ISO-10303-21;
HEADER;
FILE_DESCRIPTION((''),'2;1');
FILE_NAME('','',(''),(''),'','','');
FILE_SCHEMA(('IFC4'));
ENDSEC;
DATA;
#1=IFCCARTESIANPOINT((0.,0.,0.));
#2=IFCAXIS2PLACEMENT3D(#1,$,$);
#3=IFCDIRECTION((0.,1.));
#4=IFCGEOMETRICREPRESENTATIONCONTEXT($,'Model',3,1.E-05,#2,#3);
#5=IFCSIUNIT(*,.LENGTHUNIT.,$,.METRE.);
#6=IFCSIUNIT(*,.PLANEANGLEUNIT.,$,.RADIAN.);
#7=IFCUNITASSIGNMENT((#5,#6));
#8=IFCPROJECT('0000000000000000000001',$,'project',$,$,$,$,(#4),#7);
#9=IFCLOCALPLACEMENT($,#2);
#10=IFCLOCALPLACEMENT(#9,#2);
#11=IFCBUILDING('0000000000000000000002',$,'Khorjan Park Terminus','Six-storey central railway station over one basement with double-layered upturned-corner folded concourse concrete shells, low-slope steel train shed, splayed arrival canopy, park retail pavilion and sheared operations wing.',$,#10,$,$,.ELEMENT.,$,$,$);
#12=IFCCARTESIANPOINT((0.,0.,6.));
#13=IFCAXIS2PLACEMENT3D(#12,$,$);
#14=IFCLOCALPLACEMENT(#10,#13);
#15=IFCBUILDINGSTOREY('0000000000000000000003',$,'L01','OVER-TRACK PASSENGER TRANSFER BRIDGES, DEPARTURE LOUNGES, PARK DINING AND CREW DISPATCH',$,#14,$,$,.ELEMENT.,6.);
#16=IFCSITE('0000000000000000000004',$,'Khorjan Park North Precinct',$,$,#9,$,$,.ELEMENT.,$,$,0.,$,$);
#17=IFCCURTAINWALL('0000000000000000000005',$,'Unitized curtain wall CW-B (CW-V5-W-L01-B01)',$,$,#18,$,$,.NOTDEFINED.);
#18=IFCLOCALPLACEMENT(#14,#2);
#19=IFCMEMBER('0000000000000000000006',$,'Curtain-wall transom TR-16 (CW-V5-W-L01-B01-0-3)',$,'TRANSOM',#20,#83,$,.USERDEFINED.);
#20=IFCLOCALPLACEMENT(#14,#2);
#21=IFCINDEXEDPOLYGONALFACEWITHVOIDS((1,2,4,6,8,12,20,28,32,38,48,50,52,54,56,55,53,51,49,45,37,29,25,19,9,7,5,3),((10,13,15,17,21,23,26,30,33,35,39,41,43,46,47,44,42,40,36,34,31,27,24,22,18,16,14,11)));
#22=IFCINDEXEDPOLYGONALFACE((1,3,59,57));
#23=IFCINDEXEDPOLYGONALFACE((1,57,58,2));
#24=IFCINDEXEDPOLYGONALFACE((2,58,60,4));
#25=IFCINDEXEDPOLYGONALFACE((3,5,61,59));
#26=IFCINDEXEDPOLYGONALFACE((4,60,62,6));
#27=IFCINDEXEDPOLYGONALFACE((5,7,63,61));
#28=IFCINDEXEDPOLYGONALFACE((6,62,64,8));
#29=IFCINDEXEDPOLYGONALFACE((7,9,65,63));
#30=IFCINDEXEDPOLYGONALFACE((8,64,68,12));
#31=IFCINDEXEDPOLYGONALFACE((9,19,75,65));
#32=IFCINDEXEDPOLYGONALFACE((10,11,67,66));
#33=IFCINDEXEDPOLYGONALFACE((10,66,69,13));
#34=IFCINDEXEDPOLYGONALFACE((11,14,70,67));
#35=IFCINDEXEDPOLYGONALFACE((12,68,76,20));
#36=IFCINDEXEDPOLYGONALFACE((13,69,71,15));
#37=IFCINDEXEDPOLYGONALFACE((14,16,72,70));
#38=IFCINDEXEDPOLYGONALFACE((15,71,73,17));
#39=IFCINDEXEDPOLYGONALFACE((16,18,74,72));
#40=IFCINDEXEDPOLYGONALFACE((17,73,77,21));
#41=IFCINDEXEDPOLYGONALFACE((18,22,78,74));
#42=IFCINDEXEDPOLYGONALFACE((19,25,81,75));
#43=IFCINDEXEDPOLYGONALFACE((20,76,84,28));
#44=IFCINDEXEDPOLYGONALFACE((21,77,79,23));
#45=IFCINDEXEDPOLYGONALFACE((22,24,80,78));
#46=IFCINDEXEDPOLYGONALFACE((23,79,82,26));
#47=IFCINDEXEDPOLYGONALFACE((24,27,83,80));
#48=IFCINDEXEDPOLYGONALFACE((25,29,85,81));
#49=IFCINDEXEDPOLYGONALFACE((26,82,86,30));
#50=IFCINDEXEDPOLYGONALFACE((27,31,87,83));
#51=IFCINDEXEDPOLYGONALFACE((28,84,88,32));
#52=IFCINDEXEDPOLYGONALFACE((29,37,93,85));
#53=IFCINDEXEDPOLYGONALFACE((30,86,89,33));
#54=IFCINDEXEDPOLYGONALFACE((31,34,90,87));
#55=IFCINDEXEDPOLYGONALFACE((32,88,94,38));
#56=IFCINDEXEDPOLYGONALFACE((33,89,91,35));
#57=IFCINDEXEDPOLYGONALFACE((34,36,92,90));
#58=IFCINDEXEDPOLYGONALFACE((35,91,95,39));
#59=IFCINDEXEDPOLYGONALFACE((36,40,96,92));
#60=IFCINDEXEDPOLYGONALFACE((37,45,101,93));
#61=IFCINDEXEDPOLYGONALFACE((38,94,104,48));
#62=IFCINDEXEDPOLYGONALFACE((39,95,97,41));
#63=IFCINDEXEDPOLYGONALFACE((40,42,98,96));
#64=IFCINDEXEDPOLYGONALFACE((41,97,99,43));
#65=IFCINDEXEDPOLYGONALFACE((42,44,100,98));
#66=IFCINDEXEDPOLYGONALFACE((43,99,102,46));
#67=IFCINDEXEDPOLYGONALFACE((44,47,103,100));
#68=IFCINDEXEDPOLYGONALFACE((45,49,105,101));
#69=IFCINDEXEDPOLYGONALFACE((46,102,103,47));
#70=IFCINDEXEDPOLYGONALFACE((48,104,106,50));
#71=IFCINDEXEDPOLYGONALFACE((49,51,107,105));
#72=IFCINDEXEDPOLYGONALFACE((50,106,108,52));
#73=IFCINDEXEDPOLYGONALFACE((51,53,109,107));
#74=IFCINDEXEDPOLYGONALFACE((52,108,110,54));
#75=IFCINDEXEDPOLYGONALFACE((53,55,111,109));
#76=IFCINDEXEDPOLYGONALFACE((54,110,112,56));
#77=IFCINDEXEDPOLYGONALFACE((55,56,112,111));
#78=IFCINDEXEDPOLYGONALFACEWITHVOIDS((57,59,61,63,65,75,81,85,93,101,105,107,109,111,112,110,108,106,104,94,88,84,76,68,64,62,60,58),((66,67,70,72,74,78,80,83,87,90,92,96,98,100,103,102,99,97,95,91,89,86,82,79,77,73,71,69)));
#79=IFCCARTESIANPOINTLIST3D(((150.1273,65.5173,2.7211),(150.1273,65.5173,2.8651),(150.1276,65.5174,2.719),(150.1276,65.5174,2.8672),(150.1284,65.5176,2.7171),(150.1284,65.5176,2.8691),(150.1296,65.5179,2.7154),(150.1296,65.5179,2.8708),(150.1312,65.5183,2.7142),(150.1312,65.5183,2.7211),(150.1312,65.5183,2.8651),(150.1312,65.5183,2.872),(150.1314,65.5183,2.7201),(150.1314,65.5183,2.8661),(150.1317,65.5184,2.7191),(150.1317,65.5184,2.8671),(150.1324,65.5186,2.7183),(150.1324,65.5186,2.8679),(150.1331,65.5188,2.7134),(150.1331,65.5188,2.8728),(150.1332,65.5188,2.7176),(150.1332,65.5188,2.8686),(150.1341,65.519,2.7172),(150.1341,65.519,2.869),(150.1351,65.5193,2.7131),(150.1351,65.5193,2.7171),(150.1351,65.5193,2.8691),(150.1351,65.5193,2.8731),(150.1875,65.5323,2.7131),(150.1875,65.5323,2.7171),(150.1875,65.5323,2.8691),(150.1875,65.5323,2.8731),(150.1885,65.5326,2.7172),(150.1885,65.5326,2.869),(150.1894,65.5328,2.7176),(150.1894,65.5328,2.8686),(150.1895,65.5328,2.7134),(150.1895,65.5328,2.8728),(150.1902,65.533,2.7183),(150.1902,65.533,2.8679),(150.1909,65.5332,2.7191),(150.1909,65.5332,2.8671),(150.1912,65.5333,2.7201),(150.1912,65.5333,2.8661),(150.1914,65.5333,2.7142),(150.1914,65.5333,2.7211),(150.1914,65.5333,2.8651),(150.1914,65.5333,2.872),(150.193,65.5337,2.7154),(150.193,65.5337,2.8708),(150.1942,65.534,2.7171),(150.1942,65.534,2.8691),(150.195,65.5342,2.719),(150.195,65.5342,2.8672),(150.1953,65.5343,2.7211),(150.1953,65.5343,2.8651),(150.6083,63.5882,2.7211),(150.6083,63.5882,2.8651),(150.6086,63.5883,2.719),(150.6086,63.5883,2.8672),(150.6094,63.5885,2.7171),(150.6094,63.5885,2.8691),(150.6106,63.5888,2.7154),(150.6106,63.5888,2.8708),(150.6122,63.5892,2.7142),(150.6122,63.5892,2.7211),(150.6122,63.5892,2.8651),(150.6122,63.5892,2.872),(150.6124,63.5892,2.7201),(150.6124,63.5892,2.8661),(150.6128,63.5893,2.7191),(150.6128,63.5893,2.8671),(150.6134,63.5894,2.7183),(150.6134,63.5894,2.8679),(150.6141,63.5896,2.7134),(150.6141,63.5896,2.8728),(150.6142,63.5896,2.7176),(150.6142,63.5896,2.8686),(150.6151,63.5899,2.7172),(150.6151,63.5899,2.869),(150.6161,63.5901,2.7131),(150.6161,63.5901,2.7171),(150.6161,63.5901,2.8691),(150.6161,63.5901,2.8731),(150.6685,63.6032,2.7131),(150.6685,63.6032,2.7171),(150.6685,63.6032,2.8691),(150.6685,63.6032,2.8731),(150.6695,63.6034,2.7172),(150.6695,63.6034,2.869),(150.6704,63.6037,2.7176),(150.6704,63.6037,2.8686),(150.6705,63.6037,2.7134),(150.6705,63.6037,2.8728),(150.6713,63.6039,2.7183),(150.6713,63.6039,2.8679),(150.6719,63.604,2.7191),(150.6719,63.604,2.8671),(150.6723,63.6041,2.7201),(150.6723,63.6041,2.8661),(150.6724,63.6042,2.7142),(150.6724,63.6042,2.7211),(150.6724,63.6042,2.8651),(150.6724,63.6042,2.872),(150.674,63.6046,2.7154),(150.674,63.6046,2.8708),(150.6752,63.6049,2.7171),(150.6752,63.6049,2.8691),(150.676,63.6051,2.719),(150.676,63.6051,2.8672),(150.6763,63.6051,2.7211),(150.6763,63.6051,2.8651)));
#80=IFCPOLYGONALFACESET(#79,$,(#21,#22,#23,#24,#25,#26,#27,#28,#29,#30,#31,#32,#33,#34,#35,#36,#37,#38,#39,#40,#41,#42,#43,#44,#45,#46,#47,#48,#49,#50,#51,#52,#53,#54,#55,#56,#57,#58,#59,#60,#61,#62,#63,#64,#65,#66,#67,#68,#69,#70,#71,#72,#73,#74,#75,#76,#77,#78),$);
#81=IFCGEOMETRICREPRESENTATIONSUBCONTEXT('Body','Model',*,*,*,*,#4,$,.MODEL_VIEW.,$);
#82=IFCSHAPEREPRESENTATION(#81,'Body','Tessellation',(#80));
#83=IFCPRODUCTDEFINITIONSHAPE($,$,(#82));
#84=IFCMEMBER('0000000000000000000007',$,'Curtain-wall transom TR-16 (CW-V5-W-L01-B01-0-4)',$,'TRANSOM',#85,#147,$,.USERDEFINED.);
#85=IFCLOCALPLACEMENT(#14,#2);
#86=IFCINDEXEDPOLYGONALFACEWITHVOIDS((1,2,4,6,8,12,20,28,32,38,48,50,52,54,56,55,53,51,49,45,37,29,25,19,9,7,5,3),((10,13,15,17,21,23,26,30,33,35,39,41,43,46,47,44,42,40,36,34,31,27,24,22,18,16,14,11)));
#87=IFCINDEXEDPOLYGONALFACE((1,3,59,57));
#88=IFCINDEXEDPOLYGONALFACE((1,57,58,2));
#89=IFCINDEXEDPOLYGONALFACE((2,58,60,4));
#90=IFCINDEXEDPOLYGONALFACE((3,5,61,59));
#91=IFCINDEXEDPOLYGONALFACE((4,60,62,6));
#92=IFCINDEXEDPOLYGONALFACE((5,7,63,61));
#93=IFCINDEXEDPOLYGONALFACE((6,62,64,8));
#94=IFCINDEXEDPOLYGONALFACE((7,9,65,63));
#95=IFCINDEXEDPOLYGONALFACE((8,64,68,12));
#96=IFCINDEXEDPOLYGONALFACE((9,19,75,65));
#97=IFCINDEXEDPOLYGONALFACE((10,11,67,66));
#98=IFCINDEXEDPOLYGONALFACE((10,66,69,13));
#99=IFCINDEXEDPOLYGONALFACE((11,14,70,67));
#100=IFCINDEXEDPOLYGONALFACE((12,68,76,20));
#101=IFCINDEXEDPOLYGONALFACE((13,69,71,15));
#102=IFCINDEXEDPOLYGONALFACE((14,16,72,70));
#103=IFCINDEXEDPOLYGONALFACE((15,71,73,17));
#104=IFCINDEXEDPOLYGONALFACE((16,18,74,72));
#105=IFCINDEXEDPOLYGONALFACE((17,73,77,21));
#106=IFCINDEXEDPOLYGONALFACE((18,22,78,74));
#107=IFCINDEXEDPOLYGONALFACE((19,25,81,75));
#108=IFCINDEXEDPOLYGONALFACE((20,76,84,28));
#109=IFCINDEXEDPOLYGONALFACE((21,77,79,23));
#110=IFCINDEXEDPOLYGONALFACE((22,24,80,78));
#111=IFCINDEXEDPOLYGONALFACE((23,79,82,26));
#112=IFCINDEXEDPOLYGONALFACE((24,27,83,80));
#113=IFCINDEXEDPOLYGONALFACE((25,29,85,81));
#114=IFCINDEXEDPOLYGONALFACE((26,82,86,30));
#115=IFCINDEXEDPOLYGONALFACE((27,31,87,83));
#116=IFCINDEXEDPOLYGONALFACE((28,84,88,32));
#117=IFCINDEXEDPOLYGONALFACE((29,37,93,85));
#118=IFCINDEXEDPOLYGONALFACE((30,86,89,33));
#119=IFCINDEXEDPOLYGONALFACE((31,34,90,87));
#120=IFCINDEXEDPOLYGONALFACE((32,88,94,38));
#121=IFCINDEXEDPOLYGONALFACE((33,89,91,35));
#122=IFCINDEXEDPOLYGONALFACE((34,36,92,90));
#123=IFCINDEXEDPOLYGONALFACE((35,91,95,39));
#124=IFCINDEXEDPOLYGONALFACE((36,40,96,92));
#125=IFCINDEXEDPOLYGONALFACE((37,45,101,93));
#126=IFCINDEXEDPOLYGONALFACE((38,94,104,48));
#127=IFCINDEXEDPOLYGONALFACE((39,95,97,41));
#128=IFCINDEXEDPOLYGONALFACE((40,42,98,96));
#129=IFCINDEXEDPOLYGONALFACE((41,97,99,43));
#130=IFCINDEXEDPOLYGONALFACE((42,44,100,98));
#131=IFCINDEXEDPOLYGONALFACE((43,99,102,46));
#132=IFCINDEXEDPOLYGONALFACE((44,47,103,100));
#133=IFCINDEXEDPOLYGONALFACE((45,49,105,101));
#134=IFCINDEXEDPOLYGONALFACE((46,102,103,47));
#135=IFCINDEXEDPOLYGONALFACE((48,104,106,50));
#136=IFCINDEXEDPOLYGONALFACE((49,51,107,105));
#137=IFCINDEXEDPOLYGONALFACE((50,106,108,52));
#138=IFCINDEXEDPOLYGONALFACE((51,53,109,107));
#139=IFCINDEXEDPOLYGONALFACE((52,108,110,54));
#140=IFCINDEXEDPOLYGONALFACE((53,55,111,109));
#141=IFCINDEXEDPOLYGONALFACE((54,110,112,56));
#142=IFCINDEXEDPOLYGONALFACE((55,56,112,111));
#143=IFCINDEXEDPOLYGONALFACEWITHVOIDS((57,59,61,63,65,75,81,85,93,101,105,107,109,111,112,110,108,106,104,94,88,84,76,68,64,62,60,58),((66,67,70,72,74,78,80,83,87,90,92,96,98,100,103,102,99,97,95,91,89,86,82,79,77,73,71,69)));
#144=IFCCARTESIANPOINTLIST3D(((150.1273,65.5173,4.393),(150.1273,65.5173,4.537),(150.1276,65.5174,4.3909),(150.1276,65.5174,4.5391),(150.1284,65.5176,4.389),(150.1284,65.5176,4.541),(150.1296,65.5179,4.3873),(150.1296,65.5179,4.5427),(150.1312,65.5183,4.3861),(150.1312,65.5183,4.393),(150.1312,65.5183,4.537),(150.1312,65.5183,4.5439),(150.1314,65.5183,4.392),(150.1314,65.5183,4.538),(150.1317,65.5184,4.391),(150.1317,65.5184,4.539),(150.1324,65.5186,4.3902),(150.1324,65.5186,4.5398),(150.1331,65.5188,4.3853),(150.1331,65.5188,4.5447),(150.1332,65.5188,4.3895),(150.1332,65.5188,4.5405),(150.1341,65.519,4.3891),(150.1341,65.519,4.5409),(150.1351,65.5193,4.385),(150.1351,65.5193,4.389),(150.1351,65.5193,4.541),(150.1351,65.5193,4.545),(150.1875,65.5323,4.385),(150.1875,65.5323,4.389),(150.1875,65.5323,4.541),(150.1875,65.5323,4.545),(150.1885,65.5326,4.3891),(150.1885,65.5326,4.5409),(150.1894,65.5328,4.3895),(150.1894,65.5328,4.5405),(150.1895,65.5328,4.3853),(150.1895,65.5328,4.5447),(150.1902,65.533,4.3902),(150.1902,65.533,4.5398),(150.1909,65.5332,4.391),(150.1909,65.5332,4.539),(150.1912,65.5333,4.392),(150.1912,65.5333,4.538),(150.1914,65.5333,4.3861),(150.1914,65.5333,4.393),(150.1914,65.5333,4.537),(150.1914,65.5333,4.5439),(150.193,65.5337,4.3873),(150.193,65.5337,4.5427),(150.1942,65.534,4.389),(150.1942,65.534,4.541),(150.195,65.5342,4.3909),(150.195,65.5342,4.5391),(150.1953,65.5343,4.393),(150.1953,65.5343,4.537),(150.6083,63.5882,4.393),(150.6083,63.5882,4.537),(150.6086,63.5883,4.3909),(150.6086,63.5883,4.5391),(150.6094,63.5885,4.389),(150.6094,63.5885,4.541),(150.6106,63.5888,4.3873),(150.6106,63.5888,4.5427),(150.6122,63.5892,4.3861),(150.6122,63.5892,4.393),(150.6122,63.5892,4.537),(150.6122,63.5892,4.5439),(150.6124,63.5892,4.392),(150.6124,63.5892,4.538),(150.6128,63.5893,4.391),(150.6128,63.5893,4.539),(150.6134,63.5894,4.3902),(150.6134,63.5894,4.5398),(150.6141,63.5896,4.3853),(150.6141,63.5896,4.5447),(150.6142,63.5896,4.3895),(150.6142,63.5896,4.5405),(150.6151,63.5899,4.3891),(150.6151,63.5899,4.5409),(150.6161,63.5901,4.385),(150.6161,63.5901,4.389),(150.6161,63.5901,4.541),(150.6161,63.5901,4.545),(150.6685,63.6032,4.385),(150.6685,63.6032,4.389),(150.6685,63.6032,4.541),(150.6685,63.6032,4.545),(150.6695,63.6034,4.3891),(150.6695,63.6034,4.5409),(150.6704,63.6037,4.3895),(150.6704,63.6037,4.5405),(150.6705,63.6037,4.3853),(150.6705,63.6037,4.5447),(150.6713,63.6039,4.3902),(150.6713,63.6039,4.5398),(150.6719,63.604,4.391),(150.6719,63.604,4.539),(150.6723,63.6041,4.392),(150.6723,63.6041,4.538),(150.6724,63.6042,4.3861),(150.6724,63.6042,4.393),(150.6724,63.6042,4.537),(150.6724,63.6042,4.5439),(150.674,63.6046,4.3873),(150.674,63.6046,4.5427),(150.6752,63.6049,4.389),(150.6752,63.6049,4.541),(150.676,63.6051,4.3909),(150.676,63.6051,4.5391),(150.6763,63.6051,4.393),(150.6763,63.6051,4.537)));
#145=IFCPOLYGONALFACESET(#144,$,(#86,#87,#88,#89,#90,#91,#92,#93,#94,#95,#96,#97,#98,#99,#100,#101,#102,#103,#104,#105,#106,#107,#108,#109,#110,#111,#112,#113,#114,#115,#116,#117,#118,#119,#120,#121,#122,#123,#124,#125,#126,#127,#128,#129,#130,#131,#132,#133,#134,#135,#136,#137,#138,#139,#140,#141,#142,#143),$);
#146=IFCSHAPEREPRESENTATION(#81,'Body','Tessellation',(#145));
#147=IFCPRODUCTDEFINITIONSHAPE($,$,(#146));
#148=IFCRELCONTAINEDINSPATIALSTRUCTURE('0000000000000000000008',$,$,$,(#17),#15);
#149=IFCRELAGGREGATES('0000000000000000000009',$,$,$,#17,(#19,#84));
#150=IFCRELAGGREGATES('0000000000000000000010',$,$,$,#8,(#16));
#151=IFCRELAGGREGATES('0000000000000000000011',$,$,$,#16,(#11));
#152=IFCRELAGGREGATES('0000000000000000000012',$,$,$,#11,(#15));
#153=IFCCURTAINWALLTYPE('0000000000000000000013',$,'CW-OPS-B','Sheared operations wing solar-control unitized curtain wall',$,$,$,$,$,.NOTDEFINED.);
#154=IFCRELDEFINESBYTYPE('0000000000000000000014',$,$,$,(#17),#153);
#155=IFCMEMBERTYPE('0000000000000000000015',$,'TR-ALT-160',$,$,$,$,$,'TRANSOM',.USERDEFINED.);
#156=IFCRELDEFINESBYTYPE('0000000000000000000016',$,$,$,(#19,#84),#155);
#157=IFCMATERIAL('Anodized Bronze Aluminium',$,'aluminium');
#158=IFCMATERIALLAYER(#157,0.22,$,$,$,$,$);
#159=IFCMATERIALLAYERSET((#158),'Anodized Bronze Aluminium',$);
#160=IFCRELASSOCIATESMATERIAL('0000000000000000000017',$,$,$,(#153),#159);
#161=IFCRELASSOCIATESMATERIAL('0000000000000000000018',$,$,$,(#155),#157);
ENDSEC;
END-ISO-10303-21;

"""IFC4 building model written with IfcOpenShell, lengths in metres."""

from ifc_helpers import new_model, si_unit, direction, frame, origin, origin_2d, place, context, subcontext, project, spatial, hollow_rectangle, extrude, material, layer, layer_set, material_profile, profile_set, type_object, element, aggregate, save


model = new_model("IFC4")

# Units and contexts
model_context = context("Model", 3, precision=1e-05, world=origin(), true_north=direction((0.0, 1.0)))
body_context = subcontext(model_context, "Body", "Model", "MODEL_VIEW")
ifc_project = project(units=[si_unit("LENGTHUNIT", "METRE"), si_unit("PLANEANGLEUNIT", "RADIAN")], contexts=[model_context])

# Site, building, storey
site_placement = place(None, origin())
site = spatial("IfcSite", under=ifc_project, at=site_placement, Name="Khorjan Park North Precinct", CompositionType="ELEMENT", RefElevation=0.0)
building_placement = place(site_placement, origin())
building = spatial("IfcBuilding", under=site, at=building_placement, Name="Khorjan Park Terminus", Description="Six-storey central railway station over one basement with double-layered upturned-corner folded concourse concrete shells, low-slope steel train shed, splayed arrival canopy, park retail pavilion and sheared operations wing.", CompositionType="ELEMENT")
storey_placement = place(building_placement, frame((0.0, 0.0, 6.0)))
storey = spatial("IfcBuildingStorey", under=building, at=storey_placement, Name="L01", Description="OVER-TRACK PASSENGER TRANSFER BRIDGES, DEPARTURE LOUNGES, PARK DINING AND CREW DISPATCH", CompositionType="ELEMENT", Elevation=6.0)

# Curtain wall, members
ifc_material_1 = material(Name="Anodized Bronze Aluminium", Category="aluminium")
ifc_layer_1 = layer(ifc_material_1, 0.22)
ifc_layer_set_1 = layer_set([ifc_layer_1], Name="Anodized Bronze Aluminium")
curtain_wall_type = type_object("IfcCurtainWallType", Name="CW-OPS-B", Description="Sheared operations wing solar-control unitized curtain wall", PredefinedType="NOTDEFINED", material=ifc_layer_set_1)
curtain_wall_placement = place(storey_placement, origin())
curtain_wall = element("IfcCurtainWall", 1, at=curtain_wall_placement, inside=storey, type_object=curtain_wall_type, Name="Unitized curtain wall CW-B (CW-V5-W-L01-B01)", PredefinedType="NOTDEFINED")
ifc_material_profile_1 = material_profile(ifc_material_1, hollow_rectangle(XDim=0.07, YDim=0.16, WallThickness=0.004, InnerFilletRadius=0.004, OuterFilletRadius=0.008, at=origin_2d()), Name="ALT 70x160x4")
ifc_profile_set_1 = profile_set([ifc_material_profile_1], Name="Anodized Bronze Aluminium")
member_type_1 = type_object("IfcMemberType", Name="TR-ALT-160", ElementType="TRANSOM", PredefinedType="USERDEFINED", material=ifc_profile_set_1)
member_1_placement = place(storey_placement, frame((150.1613, 65.5258, 2.7931), z_axis=(0.241932, -0.970293, 0.0), x_axis=(0.970293, 0.241932, 0.0)))
member_1 = element("IfcMember", 2, at=member_1_placement, type_object=member_type_1, Name="Curtain-wall transom TR-16 (CW-V5-W-L01-B01-0-3)", ObjectType="TRANSOM", PredefinedType="USERDEFINED", context=body_context, shape_type="SweptSolid", body=[
    extrude(hollow_rectangle(XDim=0.07, YDim=0.16, WallThickness=0.004, InnerFilletRadius=0.004, OuterFilletRadius=0.008, at=origin_2d()), origin(), (0.0, 0.0, 1.0), 1.9882),
])
member_2_placement = place(storey_placement, frame((150.1613, 65.5258, 4.465), z_axis=(0.241932, -0.970293, 0.0), x_axis=(0.970293, 0.241932, 0.0)))
member_2 = element("IfcMember", 3, at=member_2_placement, type_object=member_type_1, Name="Curtain-wall transom TR-16 (CW-V5-W-L01-B01-0-4)", ObjectType="TRANSOM", PredefinedType="USERDEFINED", context=body_context, shape_type="SweptSolid", body=[
    extrude(hollow_rectangle(XDim=0.07, YDim=0.16, WallThickness=0.004, InnerFilletRadius=0.004, OuterFilletRadius=0.008, at=origin_2d()), origin(), (0.0, 0.0, 1.0), 1.9882),
])
aggregate(curtain_wall, [member_1, member_2])

save(model, "model.ifc")
